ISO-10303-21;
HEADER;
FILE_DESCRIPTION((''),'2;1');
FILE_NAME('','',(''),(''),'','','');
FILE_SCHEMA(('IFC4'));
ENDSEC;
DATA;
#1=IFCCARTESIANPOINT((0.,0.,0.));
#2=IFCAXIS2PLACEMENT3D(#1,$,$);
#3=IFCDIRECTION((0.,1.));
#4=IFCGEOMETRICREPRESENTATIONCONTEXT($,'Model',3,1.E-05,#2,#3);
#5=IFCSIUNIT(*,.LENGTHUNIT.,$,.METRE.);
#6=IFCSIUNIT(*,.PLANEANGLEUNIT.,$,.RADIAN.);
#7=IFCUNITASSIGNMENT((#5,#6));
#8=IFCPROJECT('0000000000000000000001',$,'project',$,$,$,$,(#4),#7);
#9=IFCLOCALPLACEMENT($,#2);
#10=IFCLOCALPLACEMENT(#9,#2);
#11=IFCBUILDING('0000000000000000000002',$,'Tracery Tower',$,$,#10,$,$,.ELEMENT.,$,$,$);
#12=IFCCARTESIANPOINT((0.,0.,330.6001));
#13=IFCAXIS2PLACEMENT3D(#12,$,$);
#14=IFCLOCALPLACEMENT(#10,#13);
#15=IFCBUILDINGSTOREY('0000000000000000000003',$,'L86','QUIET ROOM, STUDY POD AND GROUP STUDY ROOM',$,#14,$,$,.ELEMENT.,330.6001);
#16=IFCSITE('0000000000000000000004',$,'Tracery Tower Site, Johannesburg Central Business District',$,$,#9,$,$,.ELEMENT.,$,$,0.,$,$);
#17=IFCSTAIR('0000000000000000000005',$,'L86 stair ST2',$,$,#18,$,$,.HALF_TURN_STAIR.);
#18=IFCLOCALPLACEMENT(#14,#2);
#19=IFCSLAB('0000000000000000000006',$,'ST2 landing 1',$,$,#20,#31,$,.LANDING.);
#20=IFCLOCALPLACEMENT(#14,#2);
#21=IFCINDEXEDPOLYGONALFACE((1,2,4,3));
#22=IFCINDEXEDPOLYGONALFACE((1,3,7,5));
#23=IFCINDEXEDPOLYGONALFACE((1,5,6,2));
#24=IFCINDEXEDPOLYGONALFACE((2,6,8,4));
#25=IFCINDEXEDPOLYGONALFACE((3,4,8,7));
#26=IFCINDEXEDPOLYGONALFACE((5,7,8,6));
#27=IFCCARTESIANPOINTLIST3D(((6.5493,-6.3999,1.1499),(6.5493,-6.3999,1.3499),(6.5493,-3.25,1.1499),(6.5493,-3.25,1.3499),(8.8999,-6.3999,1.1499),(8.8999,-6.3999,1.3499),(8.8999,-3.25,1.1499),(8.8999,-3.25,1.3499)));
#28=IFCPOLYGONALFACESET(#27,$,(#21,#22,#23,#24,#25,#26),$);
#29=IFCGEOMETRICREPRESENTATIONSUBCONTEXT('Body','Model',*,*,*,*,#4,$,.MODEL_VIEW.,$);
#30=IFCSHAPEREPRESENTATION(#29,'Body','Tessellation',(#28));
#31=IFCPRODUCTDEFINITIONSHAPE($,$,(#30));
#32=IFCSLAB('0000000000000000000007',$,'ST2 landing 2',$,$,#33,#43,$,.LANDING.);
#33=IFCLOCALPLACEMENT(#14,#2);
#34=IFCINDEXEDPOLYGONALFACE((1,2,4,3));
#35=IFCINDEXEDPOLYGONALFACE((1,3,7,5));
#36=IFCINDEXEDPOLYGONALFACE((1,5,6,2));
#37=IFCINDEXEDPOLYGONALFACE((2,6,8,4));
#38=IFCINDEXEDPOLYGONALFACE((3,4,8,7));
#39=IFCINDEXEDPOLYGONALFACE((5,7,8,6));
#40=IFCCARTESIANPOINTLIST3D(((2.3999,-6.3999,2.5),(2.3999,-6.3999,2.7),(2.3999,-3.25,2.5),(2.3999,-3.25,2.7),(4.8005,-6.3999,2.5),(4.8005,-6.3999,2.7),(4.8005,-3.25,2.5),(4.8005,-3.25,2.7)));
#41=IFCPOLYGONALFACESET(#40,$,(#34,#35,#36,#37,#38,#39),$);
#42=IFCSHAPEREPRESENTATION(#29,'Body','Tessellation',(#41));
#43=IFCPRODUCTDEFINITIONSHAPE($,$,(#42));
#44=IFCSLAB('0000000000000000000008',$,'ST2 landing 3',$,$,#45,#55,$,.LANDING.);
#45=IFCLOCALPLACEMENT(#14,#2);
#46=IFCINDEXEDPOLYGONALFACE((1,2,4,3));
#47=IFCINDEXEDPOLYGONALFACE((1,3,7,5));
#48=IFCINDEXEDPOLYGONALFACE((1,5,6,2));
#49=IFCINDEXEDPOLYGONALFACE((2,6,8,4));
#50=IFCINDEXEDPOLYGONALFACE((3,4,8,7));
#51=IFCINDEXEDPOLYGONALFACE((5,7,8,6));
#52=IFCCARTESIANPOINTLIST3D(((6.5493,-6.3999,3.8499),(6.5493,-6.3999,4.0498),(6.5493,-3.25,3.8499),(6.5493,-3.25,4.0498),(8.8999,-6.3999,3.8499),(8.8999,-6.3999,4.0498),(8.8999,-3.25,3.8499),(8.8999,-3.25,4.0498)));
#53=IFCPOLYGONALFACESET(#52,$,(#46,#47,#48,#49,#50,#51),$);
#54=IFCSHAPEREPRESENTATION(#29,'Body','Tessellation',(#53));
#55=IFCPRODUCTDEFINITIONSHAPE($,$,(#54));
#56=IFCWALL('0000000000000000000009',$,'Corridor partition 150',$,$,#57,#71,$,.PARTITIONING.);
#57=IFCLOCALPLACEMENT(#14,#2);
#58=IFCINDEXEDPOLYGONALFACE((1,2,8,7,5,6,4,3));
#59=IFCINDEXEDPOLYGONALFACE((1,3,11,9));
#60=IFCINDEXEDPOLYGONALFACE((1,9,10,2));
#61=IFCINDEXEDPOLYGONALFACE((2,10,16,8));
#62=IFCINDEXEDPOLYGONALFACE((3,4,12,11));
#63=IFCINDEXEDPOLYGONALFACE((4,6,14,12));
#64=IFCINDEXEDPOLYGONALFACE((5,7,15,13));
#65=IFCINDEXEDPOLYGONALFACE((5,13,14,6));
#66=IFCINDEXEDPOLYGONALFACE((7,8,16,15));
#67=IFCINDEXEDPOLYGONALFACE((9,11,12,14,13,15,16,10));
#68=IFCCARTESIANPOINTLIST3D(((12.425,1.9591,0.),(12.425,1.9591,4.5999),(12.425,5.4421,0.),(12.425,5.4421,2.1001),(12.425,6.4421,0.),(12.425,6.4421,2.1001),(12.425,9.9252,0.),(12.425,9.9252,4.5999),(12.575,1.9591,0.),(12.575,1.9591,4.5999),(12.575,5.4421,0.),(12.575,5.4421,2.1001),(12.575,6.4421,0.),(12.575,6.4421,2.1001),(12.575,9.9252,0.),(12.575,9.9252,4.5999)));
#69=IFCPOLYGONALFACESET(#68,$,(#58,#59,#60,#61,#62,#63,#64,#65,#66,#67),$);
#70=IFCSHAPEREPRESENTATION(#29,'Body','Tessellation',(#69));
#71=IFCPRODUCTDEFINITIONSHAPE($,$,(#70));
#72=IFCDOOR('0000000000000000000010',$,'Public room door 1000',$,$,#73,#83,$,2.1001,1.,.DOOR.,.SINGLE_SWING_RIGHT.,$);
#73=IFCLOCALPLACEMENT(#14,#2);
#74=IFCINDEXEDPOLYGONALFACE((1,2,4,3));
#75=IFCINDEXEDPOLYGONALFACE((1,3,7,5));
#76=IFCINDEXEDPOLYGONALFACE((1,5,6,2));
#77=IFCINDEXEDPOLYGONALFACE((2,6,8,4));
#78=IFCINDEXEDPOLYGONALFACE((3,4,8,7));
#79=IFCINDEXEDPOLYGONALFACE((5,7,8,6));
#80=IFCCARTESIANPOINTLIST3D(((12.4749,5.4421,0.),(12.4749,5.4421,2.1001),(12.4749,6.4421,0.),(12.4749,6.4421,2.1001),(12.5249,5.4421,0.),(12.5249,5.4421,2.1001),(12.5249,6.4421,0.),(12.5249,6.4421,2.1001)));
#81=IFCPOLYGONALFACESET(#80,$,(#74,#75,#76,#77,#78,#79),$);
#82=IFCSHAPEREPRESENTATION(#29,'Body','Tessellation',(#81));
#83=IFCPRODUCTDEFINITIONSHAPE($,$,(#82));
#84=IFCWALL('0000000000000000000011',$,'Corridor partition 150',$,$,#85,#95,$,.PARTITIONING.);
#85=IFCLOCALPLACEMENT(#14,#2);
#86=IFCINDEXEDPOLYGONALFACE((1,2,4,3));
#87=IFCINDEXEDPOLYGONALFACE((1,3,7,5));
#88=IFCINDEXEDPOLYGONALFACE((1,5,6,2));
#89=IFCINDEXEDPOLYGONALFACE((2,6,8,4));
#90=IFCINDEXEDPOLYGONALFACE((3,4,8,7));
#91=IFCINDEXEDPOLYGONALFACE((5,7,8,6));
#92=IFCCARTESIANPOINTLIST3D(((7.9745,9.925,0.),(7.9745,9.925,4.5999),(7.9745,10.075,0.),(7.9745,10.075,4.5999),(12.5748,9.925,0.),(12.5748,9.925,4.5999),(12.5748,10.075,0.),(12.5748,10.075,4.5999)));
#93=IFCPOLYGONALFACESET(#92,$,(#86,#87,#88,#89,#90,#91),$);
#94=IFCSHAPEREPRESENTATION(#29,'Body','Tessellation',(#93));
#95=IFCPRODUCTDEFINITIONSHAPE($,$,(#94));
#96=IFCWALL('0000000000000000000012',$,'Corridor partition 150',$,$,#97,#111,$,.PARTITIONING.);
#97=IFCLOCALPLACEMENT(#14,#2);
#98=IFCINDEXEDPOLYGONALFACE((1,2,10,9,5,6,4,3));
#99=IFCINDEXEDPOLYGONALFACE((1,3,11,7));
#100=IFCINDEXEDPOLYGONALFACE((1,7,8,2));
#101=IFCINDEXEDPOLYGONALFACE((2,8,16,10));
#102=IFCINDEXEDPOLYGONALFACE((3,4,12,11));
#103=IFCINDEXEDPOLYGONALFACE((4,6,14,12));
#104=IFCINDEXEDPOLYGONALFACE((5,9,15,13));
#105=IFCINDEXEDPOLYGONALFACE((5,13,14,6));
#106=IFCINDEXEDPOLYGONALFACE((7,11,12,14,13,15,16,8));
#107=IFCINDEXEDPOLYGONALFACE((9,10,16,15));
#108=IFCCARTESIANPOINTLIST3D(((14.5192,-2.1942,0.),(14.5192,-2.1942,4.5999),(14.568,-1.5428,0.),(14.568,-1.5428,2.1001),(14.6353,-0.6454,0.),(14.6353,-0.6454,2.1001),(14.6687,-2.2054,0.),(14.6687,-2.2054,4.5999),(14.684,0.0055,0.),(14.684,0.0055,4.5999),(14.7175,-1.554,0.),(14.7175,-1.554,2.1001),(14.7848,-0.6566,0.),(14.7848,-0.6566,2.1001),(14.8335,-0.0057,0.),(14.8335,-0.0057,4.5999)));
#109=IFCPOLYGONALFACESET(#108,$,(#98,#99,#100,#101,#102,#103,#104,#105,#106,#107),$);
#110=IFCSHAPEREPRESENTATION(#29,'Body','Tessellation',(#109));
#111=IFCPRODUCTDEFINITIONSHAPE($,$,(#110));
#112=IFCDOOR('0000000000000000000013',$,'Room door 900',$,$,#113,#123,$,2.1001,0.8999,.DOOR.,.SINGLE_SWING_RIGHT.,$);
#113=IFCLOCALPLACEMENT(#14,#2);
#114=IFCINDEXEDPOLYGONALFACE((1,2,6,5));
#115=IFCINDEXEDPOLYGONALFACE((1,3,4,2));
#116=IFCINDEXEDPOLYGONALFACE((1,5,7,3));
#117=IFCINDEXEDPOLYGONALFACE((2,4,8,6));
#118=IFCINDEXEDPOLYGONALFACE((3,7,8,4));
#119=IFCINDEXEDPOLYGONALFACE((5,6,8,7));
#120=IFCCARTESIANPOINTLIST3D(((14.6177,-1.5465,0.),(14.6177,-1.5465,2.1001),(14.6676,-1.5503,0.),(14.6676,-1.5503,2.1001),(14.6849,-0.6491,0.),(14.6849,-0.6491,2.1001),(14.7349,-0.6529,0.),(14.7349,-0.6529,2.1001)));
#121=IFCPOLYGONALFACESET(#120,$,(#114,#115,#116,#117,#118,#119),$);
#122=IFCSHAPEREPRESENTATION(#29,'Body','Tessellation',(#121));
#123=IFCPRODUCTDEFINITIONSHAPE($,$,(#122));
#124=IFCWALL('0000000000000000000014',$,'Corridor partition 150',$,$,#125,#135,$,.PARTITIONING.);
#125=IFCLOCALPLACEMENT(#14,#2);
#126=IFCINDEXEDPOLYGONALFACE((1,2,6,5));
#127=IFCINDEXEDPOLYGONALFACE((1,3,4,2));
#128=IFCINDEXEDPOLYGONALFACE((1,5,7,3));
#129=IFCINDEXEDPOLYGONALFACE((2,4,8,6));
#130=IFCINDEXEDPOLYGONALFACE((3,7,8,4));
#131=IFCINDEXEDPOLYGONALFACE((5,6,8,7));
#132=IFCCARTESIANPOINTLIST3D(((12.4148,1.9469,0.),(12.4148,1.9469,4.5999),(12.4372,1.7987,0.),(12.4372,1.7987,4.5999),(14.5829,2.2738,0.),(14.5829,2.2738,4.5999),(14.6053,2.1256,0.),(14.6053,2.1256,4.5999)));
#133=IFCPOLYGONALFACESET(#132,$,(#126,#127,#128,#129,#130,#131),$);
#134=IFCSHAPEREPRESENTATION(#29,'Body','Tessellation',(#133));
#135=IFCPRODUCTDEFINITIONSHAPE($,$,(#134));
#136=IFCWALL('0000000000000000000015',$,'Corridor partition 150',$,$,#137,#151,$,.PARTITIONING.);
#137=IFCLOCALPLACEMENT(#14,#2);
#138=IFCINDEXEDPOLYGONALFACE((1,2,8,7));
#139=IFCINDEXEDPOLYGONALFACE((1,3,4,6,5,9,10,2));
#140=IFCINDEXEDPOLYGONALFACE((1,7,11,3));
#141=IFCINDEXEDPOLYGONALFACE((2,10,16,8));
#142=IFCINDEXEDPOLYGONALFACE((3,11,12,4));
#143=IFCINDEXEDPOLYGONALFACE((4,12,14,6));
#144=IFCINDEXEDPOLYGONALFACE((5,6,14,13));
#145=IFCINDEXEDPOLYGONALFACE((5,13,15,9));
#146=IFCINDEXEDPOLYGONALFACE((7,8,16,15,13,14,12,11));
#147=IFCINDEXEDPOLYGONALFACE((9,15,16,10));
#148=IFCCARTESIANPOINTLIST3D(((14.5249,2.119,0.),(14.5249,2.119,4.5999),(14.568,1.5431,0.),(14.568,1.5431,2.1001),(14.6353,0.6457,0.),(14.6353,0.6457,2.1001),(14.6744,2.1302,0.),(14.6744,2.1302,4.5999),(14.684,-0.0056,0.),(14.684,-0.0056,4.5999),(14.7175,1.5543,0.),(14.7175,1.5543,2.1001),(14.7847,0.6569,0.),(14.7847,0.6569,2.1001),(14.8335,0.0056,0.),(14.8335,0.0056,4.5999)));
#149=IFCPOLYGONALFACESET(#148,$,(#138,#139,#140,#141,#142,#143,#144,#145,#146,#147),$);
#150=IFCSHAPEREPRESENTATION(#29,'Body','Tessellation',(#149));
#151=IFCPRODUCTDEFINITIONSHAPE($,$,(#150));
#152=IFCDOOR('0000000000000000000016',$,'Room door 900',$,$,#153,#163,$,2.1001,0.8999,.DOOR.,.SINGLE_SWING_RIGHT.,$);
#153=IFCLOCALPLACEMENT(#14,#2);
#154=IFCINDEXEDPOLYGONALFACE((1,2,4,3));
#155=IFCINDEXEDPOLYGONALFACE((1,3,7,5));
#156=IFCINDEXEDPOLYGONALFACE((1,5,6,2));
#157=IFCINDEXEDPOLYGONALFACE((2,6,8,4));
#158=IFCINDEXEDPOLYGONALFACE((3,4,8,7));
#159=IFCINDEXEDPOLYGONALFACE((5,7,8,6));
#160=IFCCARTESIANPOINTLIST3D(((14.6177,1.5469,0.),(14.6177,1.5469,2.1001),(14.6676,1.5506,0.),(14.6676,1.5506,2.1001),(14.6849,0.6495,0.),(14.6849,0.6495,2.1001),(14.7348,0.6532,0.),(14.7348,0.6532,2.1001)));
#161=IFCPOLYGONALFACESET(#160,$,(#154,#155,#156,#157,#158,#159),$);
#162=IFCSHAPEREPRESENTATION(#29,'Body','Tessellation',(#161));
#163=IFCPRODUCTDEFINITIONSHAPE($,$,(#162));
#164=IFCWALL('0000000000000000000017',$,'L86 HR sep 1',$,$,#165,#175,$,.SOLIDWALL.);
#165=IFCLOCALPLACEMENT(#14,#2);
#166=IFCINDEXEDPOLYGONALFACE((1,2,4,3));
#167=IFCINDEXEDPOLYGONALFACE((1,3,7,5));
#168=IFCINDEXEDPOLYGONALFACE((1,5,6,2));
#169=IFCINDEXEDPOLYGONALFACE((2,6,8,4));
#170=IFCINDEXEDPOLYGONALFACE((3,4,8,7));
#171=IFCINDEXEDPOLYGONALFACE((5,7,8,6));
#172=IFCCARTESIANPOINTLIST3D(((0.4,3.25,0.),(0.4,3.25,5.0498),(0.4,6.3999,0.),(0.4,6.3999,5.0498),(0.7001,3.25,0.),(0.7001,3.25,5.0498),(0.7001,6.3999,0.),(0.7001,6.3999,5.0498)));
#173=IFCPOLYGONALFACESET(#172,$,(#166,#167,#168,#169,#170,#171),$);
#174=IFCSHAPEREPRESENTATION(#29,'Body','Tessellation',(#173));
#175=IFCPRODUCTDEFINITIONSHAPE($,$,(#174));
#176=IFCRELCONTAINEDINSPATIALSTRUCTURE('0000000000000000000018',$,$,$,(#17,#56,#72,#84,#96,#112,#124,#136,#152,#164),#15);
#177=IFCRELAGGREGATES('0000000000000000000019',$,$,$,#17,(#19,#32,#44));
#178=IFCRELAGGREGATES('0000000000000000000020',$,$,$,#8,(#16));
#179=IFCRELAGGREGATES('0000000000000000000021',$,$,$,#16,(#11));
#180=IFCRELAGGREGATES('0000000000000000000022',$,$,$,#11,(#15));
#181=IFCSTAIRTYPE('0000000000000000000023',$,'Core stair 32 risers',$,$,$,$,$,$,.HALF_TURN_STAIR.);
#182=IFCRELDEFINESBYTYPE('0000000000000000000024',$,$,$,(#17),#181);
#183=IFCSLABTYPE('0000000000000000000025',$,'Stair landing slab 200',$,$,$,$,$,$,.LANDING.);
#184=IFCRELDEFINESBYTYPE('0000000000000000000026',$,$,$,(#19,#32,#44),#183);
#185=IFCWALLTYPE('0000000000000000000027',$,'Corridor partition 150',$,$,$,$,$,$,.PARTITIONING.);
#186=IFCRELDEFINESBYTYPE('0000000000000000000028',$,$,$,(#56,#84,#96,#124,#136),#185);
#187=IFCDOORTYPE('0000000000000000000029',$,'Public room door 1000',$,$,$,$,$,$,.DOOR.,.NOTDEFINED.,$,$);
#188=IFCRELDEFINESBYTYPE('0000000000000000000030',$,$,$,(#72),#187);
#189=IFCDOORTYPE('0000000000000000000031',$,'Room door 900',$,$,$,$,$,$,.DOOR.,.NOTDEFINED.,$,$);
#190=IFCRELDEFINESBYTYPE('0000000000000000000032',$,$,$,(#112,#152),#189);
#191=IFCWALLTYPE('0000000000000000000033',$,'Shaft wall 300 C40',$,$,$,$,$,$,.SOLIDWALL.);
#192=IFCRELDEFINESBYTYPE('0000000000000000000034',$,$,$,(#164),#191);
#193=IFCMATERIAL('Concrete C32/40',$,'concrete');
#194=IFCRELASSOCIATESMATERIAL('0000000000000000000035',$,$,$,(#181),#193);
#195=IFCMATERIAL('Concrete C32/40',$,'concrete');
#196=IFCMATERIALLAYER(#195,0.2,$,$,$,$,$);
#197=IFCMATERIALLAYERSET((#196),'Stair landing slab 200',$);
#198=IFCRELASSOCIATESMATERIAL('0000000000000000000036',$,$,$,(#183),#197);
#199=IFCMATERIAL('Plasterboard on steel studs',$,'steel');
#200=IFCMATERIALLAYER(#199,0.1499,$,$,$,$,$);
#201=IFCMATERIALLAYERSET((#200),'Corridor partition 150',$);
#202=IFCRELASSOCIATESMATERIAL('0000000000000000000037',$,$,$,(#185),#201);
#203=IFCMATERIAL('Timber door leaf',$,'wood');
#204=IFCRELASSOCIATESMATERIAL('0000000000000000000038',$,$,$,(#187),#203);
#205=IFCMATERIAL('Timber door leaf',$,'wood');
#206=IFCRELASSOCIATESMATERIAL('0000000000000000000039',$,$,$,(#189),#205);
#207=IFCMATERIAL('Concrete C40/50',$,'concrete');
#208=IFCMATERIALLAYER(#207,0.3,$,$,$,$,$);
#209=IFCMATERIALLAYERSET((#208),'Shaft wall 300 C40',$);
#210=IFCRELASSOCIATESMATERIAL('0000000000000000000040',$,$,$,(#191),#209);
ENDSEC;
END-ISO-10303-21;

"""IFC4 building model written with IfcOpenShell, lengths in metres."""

from ifc_helpers import new_model, si_unit, direction, frame, frame_2d, origin, place, context, subcontext, project, spatial, polyline, rectangle, outline, extrude, material, layer, layer_set, type_object, element, fill, aggregate, save


model = new_model("IFC4")

# Units and contexts
model_context = context("Model", 3, precision=1e-05, world=origin(), true_north=direction((0.0, 1.0)))
body_context = subcontext(model_context, "Body", "Model", "MODEL_VIEW")
ifc_project = project(units=[si_unit("LENGTHUNIT", "METRE"), si_unit("PLANEANGLEUNIT", "RADIAN")], contexts=[model_context])

# Site, building, storey
site_placement = place(None, origin())
site = spatial("IfcSite", under=ifc_project, at=site_placement, Name="Tracery Tower Site, Johannesburg Central Business District", CompositionType="ELEMENT", RefElevation=0.0)
building_placement = place(site_placement, origin())
building = spatial("IfcBuilding", under=site, at=building_placement, Name="Tracery Tower", CompositionType="ELEMENT")
storey_placement = place(building_placement, frame((0.0, 0.0, 330.6001)))
storey = spatial("IfcBuildingStorey", under=building, at=storey_placement, Name="L86", Description="QUIET ROOM, STUDY POD AND GROUP STUDY ROOM", CompositionType="ELEMENT", Elevation=330.6001)

# Shared definitions
ifc_material_1 = material(Name="Concrete C32/40", Category="concrete")
stair_type = type_object("IfcStairType", Name="Core stair 32 risers", PredefinedType="HALF_TURN_STAIR", material=ifc_material_1)
ifc_material_2 = material(Name="Concrete C32/40", Category="concrete")
ifc_layer_1 = layer(ifc_material_2, 0.2)
ifc_layer_set_1 = layer_set([ifc_layer_1], Name="Stair landing slab 200")
slab_type = type_object("IfcSlabType", Name="Stair landing slab 200", PredefinedType="LANDING", material=ifc_layer_set_1)

# Stair, slabs
stair_1_placement = place(storey_placement, origin())
stair_1 = element("IfcStair", 1, at=stair_1_placement, inside=storey, type_object=stair_type, Name="L86 stair ST2", PredefinedType="HALF_TURN_STAIR")
slab_1_placement = place(storey_placement, frame((0.0, 0.0, 1.1499)))
slab_1 = element("IfcSlab", 2, at=slab_1_placement, type_object=slab_type, Name="ST2 landing 1", PredefinedType="LANDING", context=body_context, shape_type="SweptSolid", body=[
    extrude(outline(polyline([(6.5493, -6.3999), (8.8999, -6.3999), (8.8999, -3.25), (6.5493, -3.25), (6.5493, -6.3999)])), origin(), (0.0, 0.0, 1.0), 0.2),
])
slab_2_placement = place(storey_placement, frame((0.0, 0.0, 2.5)))
slab_2 = element("IfcSlab", 3, at=slab_2_placement, type_object=slab_type, Name="ST2 landing 2", PredefinedType="LANDING", context=body_context, shape_type="SweptSolid", body=[
    extrude(outline(polyline([(2.3999, -6.3999), (4.8005, -6.3999), (4.8005, -3.25), (2.3999, -3.25), (2.3999, -6.3999)])), origin(), (0.0, 0.0, 1.0), 0.2),
])
slab_3_placement = place(storey_placement, frame((0.0, 0.0, 3.8499)))
slab_3 = element("IfcSlab", 4, at=slab_3_placement, type_object=slab_type, Name="ST2 landing 3", PredefinedType="LANDING", context=body_context, shape_type="SweptSolid", body=[
    extrude(outline(polyline([(6.5493, -6.3999), (8.8999, -6.3999), (8.8999, -3.25), (6.5493, -3.25), (6.5493, -6.3999)])), origin(), (0.0, 0.0, 1.0), 0.2),
])
aggregate(stair_1, [slab_1, slab_2, slab_3])

# Wall, opening, door
ifc_material_3 = material(Name="Plasterboard on steel studs", Category="steel")
ifc_layer_2 = layer(ifc_material_3, 0.1499)
ifc_layer_set_2 = layer_set([ifc_layer_2], Name="Corridor partition 150")
wall_type_1 = type_object("IfcWallType", Name="Corridor partition 150", PredefinedType="PARTITIONING", material=ifc_layer_set_2)
wall_1_placement = place(storey_placement, frame((12.5, 9.925, 0.0), z_axis=(0.0, 0.0, 1.0), x_axis=(0.0, -1.0, 0.0)))
wall_1 = element("IfcWall", 5, at=wall_1_placement, inside=storey, type_object=wall_type_1, Name="Corridor partition 150", PredefinedType="PARTITIONING", context=body_context, shape_type="SweptSolid", body=[
    extrude(rectangle(XDim=7.9661, YDim=0.1499, at=frame_2d((3.9829, 0.0))), origin(), (0.0, 0.0, 1.0), 4.5999),
])
opening_1_placement = place(wall_1_placement, frame((3.4829, 0.0, 0.0)))
opening_1 = element("IfcOpeningElement", 6, at=opening_1_placement, cuts=wall_1, PredefinedType="OPENING", context=body_context, shape_type="SweptSolid", body=[
    extrude(rectangle(XDim=1.0, YDim=2.1001, at=frame_2d((0.5, 1.05))), frame((0.0, 0.075, 0.0), z_axis=(0.0, -1.0, 0.0), x_axis=(1.0, 0.0, 0.0)), (0.0, 0.0, 1.0), 0.1499),
])
ifc_material_4 = material(Name="Timber door leaf", Category="wood")
door_type_1 = type_object("IfcDoorType", Name="Public room door 1000", OperationType="NOTDEFINED", PredefinedType="DOOR", material=ifc_material_4)
door_1_placement = place(opening_1_placement, origin())
door_1 = element("IfcDoor", 7, at=door_1_placement, inside=storey, type_object=door_type_1, Name="Public room door 1000", OperationType="SINGLE_SWING_RIGHT", OverallHeight=2.1001, OverallWidth=1.0, PredefinedType="DOOR", context=body_context, shape_type="SweptSolid", body=[
    extrude(rectangle(XDim=1.0, YDim=2.1001, at=frame_2d((0.5, 1.05))), frame((0.0, 0.0249, 0.0), z_axis=(0.0, -1.0, 0.0), x_axis=(1.0, 0.0, 0.0)), (0.0, 0.0, 1.0), 0.05),
])
fill(opening_1, door_1)

# Wall
wall_2_placement = place(storey_placement, frame((12.575, 10.0, 0.0), z_axis=(0.0, 0.0, 1.0), x_axis=(-1.0, 0.0, 0.0)))
element("IfcWall", 8, at=wall_2_placement, inside=storey, type_object=wall_type_1, Name="Corridor partition 150", PredefinedType="PARTITIONING", context=body_context, shape_type="SweptSolid", body=[
    extrude(rectangle(XDim=4.6003, YDim=0.1499, at=frame_2d((2.3003, 0.0))), origin(), (0.0, 0.0, 1.0), 4.5999),
])

# Wall, opening, door
wall_3_placement = place(storey_placement, frame((14.7588, 0.0, 0.0), z_axis=(0.0, 0.0, 1.0), x_axis=(-0.074707, -0.997205, 0.0)))
wall_3 = element("IfcWall", 9, at=wall_3_placement, inside=storey, type_object=wall_type_1, Name="Corridor partition 150", PredefinedType="PARTITIONING", context=body_context, shape_type="SweptSolid", body=[
    extrude(rectangle(XDim=2.2058, YDim=0.1499, at=frame_2d((1.103, 0.0))), origin(), (0.0, 0.0, 1.0), 4.5999),
])
opening_2_placement = place(wall_3_placement, frame((0.6528, 0.0, 0.0)))
opening_2 = element("IfcOpeningElement", 10, at=opening_2_placement, cuts=wall_3, PredefinedType="OPENING", context=body_context, shape_type="SweptSolid", body=[
    extrude(rectangle(XDim=0.8999, YDim=2.1001, at=frame_2d((0.45, 1.05))), frame((0.0, 0.075, 0.0), z_axis=(0.0, -1.0, 0.0), x_axis=(1.0, 0.0, 0.0)), (0.0, 0.0, 1.0), 0.1499),
])
ifc_material_5 = material(Name="Timber door leaf", Category="wood")
door_type_2 = type_object("IfcDoorType", Name="Room door 900", OperationType="NOTDEFINED", PredefinedType="DOOR", material=ifc_material_5)
door_2_placement = place(opening_2_placement, origin())
door_2 = element("IfcDoor", 11, at=door_2_placement, inside=storey, type_object=door_type_2, Name="Room door 900", OperationType="SINGLE_SWING_RIGHT", OverallHeight=2.1001, OverallWidth=0.8999, PredefinedType="DOOR", context=body_context, shape_type="SweptSolid", body=[
    extrude(rectangle(XDim=0.8999, YDim=2.1001, at=frame_2d((0.45, 1.05))), frame((0.0, 0.0249, 0.0), z_axis=(0.0, -1.0, 0.0), x_axis=(1.0, 0.0, 0.0)), (0.0, 0.0, 1.0), 0.05),
])
fill(opening_2, door_2)

# Wall
wall_4_placement = place(storey_placement, frame((14.594, 2.1997, 0.0), z_axis=(0.0, 0.0, 1.0), x_axis=(-0.988824, -0.149086, 0.0)))
element("IfcWall", 12, at=wall_4_placement, inside=storey, type_object=wall_type_1, Name="Corridor partition 150", PredefinedType="PARTITIONING", context=body_context, shape_type="SweptSolid", body=[
    extrude(rectangle(XDim=2.1926, YDim=0.1499, at=frame_2d((1.0962, 0.0))), origin(), (0.0, 0.0, 1.0), 4.5999),
])

# Wall, opening, door
wall_5_placement = place(storey_placement, frame((14.5996, 2.1248, 0.0), z_axis=(0.0, 0.0, 1.0), x_axis=(0.074707, -0.997206, 0.0)))
wall_5 = element("IfcWall", 13, at=wall_5_placement, inside=storey, type_object=wall_type_1, Name="Corridor partition 150", PredefinedType="PARTITIONING", context=body_context, shape_type="SweptSolid", body=[
    extrude(rectangle(XDim=2.1306, YDim=0.1499, at=frame_2d((1.0654, 0.0))), origin(), (0.0, 0.0, 1.0), 4.5999),
])
opening_3_placement = place(wall_5_placement, frame((0.5776, 0.0, 0.0)))
opening_3 = element("IfcOpeningElement", 14, at=opening_3_placement, cuts=wall_5, PredefinedType="OPENING", context=body_context, shape_type="SweptSolid", body=[
    extrude(rectangle(XDim=0.8999, YDim=2.1001, at=frame_2d((0.45, 1.05))), frame((0.0, 0.075, 0.0), z_axis=(0.0, -1.0, 0.0), x_axis=(1.0, 0.0, 0.0)), (0.0, 0.0, 1.0), 0.1499),
])
door_3_placement = place(opening_3_placement, origin())
door_3 = element("IfcDoor", 15, at=door_3_placement, inside=storey, type_object=door_type_2, Name="Room door 900", OperationType="SINGLE_SWING_RIGHT", OverallHeight=2.1001, OverallWidth=0.8999, PredefinedType="DOOR", context=body_context, shape_type="SweptSolid", body=[
    extrude(rectangle(XDim=0.8999, YDim=2.1001, at=frame_2d((0.45, 1.05))), frame((0.0, 0.0249, 0.0), z_axis=(0.0, -1.0, 0.0), x_axis=(1.0, 0.0, 0.0)), (0.0, 0.0, 1.0), 0.05),
])
fill(opening_3, door_3)

# Wall
ifc_material_6 = material(Name="Concrete C40/50", Category="concrete")
ifc_layer_3 = layer(ifc_material_6, 0.3)
ifc_layer_set_3 = layer_set([ifc_layer_3], Name="Shaft wall 300 C40")
wall_type_2 = type_object("IfcWallType", Name="Shaft wall 300 C40", PredefinedType="SOLIDWALL", material=ifc_layer_set_3)
for number, where, z_axis, x_axis, name in (
    (16, (0.55, 3.25, 0.0), (0.0, 0.0, 1.0), (0.0, 1.0, 0.0), "L86 HR sep 1"),
):
    element("IfcWall", number, at=place(storey_placement, frame(where, z_axis=z_axis, x_axis=x_axis)), inside=storey, type_object=wall_type_2, Name=name, PredefinedType="SOLIDWALL", context=body_context, shape_type="SweptSolid", body=[
        extrude(rectangle(XDim=3.1499, YDim=0.3, at=frame_2d((1.575, 0.0))), origin(), (0.0, 0.0, 1.0), 5.0498),
    ])

save(model, "model.ifc")
